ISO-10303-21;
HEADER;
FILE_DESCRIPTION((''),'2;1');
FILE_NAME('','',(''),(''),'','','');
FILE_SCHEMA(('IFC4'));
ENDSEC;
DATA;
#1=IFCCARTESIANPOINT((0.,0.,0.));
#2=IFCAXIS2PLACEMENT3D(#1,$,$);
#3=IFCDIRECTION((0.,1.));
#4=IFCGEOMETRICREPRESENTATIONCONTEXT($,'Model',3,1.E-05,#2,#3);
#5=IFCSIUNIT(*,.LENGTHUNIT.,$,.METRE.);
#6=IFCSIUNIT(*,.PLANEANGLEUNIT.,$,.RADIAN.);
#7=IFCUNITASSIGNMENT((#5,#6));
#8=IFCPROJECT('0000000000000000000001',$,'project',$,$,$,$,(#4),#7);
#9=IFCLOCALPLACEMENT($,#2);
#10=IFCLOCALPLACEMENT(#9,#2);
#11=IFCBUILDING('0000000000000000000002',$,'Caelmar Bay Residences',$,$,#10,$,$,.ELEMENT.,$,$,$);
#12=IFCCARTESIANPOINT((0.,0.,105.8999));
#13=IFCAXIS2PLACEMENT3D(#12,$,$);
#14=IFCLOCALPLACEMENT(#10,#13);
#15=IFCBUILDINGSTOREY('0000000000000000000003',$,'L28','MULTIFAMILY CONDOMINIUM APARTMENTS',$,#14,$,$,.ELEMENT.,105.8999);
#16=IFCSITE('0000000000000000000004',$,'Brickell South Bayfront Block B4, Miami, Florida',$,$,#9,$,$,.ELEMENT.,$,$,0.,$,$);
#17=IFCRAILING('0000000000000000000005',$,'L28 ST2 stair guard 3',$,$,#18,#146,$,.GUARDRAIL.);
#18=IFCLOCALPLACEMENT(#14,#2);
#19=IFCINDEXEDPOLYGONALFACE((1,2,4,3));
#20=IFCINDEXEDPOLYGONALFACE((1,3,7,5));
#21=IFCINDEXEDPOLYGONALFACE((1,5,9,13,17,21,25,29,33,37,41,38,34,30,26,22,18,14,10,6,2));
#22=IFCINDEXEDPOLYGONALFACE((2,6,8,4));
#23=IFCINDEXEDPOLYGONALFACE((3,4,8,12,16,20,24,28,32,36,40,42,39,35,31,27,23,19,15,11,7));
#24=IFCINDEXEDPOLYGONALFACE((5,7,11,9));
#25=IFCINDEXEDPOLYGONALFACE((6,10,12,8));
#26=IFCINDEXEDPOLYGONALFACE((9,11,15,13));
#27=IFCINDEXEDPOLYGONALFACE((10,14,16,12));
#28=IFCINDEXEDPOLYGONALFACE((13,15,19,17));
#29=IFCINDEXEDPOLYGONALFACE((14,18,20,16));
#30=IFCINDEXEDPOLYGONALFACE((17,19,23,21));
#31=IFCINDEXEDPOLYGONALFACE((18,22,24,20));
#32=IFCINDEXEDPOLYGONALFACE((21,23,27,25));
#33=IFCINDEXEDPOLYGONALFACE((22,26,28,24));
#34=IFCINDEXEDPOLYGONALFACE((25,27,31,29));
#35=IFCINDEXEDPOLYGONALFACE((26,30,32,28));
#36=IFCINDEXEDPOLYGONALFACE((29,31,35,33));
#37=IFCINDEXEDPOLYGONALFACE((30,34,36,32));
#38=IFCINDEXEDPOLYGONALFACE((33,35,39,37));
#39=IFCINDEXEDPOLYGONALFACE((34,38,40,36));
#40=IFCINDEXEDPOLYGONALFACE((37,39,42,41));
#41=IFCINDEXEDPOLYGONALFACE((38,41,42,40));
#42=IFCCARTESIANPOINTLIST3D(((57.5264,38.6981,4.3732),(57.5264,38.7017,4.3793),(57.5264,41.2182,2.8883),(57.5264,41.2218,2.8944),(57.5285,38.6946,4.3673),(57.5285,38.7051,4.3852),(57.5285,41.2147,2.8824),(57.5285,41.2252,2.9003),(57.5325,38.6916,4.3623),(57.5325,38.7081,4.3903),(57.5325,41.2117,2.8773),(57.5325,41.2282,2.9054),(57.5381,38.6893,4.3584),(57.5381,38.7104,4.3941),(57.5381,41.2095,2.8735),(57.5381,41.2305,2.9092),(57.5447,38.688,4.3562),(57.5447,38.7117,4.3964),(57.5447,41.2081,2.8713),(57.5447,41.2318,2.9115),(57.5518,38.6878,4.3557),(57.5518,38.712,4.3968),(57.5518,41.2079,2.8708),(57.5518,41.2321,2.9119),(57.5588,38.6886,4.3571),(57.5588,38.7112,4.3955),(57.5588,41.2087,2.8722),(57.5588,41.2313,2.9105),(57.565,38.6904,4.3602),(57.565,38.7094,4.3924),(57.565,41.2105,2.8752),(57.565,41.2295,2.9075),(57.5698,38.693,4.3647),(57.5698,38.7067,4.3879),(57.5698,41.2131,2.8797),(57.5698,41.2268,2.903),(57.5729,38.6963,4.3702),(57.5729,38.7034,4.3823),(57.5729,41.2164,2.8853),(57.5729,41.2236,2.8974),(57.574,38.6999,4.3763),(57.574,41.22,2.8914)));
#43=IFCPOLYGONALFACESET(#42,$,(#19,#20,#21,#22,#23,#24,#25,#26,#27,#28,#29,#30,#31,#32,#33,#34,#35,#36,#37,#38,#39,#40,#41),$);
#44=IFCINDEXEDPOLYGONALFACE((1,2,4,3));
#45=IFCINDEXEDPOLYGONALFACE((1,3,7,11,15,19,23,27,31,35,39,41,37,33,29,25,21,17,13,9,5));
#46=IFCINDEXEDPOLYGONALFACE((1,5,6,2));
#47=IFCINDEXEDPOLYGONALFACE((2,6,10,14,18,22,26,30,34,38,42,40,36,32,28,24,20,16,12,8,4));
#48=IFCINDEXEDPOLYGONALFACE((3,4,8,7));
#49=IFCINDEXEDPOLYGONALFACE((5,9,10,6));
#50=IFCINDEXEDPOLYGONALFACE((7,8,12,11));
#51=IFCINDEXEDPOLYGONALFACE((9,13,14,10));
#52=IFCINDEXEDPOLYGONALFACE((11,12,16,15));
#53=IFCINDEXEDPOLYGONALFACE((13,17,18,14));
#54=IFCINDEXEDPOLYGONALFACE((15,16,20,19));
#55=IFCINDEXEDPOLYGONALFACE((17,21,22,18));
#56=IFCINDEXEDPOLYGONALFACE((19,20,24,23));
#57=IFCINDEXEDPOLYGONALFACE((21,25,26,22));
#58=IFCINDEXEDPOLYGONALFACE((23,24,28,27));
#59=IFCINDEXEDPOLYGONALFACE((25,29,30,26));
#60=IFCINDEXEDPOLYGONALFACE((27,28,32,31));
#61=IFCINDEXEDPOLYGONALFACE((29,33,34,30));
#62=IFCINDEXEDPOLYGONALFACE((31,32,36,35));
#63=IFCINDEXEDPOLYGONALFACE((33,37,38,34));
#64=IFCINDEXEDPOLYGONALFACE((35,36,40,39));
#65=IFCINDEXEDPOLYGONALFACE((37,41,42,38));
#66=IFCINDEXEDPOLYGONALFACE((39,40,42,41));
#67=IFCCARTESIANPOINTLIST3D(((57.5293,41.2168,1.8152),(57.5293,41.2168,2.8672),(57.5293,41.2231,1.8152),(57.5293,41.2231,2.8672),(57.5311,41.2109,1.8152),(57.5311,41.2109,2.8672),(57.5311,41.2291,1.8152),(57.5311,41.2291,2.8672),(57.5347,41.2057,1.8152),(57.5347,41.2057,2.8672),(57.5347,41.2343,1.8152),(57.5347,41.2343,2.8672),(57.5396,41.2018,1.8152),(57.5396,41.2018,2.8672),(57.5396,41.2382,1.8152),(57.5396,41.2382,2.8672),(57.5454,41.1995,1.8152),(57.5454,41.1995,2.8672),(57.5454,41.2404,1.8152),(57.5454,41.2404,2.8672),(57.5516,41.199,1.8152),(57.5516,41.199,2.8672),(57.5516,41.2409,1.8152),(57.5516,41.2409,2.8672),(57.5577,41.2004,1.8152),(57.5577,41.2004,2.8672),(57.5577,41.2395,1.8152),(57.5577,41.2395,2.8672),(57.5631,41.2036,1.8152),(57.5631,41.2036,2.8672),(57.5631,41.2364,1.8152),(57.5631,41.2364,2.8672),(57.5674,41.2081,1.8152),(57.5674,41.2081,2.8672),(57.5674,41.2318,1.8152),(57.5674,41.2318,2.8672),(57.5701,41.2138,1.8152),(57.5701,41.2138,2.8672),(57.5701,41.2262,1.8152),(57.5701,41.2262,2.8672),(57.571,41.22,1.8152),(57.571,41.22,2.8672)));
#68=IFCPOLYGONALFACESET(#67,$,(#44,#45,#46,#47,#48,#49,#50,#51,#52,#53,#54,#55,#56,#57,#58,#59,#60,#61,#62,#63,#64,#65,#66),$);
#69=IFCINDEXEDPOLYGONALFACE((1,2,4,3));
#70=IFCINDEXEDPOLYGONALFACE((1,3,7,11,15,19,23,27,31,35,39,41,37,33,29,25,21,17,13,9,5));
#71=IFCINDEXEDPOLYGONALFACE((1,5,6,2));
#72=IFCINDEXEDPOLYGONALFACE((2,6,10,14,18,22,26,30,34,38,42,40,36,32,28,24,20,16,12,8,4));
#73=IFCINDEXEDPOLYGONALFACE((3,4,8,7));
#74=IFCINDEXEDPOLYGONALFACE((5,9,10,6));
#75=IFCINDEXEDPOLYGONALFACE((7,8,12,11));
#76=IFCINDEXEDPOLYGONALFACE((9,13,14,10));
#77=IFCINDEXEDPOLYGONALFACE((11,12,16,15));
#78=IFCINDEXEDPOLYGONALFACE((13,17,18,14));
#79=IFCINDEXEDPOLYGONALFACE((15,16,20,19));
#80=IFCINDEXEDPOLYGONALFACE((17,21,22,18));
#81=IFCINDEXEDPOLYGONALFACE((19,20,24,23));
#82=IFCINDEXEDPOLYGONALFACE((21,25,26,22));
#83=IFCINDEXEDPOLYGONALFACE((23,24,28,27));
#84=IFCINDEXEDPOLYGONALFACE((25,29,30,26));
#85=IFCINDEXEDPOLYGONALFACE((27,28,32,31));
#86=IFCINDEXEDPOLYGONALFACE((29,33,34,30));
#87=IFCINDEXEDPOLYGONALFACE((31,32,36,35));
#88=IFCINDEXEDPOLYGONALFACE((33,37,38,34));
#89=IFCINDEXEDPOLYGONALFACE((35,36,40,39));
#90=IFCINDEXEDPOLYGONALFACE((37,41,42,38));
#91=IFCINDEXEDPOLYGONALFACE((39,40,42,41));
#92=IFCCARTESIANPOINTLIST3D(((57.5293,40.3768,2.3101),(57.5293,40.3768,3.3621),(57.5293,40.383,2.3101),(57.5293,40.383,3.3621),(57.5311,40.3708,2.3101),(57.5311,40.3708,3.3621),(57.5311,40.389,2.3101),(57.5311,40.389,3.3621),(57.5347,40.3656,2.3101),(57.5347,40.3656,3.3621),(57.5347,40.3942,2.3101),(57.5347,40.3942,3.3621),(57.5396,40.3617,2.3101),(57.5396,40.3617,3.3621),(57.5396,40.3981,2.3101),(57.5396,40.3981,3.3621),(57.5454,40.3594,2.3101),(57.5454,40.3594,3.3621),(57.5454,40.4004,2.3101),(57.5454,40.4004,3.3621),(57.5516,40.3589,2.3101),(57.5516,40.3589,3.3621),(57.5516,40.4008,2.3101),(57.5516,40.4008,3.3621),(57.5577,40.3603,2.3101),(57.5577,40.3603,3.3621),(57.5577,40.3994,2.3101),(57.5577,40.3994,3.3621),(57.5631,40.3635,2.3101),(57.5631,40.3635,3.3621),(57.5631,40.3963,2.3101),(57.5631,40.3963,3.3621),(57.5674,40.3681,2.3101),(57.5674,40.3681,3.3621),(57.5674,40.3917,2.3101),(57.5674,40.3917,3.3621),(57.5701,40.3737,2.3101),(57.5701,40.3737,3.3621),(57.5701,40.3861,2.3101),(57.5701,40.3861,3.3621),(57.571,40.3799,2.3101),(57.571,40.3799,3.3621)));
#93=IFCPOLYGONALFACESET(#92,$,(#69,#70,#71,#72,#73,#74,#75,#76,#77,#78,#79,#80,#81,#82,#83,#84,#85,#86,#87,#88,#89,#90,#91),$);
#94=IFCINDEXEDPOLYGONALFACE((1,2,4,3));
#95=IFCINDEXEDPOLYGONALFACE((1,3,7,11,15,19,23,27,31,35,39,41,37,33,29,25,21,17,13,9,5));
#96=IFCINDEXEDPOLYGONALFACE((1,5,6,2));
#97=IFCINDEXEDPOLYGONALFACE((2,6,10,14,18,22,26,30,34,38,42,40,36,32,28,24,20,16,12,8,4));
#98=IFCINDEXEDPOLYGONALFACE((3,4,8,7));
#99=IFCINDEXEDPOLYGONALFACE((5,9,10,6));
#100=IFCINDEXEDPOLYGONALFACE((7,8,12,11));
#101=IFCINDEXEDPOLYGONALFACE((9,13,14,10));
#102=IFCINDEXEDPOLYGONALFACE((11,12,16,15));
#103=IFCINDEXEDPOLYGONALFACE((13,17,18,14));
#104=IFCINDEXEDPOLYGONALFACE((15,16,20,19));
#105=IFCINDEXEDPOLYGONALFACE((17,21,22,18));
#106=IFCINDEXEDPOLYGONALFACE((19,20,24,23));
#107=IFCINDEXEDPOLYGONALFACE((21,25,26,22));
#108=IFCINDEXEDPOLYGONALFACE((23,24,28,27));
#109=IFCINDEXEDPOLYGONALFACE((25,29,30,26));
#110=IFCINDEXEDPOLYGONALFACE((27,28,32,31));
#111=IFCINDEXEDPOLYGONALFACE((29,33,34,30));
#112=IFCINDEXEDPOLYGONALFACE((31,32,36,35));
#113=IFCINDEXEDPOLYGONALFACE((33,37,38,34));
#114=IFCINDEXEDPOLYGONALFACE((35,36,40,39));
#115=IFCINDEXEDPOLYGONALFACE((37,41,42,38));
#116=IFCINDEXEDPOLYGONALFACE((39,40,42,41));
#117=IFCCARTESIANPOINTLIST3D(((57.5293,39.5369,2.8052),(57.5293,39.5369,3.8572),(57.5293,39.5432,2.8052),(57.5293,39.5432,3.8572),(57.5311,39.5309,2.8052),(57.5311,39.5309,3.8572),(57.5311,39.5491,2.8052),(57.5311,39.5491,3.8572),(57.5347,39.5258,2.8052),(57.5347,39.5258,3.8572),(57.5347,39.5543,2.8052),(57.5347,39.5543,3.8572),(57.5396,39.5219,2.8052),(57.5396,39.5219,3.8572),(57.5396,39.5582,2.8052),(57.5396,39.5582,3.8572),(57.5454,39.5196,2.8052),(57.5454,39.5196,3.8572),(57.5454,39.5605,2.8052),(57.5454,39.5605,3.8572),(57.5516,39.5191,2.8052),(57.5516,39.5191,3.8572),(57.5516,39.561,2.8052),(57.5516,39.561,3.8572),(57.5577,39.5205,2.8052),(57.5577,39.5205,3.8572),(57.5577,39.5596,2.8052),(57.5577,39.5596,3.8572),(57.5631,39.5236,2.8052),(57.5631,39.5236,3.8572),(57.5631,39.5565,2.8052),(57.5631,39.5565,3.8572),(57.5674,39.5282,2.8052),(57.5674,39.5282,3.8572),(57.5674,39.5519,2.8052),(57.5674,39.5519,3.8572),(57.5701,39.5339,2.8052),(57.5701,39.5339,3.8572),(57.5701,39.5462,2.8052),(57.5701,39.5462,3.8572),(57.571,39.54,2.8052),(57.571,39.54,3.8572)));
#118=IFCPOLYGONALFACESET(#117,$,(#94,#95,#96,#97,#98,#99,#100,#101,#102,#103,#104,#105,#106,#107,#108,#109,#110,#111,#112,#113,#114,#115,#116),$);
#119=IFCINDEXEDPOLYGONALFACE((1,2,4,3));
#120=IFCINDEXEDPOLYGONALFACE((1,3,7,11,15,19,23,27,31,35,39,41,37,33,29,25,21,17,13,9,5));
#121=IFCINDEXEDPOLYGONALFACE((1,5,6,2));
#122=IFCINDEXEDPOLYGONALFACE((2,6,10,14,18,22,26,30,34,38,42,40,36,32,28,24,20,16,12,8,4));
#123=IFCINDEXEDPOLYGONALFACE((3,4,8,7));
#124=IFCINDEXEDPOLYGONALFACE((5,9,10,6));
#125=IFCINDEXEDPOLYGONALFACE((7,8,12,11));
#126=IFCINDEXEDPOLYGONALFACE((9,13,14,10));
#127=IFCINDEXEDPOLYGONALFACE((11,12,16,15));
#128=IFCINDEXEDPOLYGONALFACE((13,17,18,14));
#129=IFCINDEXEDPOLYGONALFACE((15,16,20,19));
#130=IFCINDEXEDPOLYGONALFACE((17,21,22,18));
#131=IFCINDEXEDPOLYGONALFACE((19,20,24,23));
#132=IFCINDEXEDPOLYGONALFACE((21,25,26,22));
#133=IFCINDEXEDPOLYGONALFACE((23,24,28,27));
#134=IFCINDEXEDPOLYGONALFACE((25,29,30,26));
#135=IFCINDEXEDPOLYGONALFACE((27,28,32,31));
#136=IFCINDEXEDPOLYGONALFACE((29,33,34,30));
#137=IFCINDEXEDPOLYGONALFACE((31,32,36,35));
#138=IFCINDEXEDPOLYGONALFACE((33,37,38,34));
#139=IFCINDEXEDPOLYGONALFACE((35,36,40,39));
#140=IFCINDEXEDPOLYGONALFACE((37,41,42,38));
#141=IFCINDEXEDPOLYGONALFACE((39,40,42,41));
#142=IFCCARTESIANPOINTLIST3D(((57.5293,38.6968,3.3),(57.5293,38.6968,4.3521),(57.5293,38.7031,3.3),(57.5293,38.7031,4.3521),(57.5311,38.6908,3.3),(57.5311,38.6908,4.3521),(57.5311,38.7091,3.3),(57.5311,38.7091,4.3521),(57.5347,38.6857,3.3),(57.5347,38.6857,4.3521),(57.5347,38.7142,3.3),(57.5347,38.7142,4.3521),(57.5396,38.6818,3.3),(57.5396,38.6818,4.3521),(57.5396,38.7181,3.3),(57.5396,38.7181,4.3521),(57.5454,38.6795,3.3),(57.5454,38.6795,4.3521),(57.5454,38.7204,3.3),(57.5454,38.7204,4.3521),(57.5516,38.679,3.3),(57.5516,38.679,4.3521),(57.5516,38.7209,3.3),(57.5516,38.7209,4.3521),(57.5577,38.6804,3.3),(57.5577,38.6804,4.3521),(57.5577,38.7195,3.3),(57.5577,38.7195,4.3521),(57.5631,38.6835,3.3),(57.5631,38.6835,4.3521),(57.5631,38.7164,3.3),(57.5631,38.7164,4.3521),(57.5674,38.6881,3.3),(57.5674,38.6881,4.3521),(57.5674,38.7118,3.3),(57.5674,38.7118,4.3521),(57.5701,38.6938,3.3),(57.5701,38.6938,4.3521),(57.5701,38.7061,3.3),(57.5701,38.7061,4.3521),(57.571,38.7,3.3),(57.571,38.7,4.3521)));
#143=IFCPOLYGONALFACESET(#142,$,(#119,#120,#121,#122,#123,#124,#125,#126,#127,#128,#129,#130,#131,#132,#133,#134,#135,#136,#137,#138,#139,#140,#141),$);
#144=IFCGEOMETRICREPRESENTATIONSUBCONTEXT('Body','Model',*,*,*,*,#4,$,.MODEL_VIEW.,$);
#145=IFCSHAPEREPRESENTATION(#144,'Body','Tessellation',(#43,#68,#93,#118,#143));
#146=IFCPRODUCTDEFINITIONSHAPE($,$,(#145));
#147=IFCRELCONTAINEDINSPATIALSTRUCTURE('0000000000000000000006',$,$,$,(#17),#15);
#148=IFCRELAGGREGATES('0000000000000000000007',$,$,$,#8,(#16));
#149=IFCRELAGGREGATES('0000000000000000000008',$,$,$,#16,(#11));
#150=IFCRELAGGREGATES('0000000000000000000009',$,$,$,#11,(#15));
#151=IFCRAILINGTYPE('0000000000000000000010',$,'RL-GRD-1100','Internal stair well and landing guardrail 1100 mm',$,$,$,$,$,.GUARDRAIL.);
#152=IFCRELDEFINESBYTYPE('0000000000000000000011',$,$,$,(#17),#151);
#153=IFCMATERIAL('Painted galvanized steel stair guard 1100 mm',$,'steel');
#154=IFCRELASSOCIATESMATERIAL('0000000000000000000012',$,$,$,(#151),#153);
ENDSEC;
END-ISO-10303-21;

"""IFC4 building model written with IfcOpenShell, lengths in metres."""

from ifc_helpers import new_model, si_unit, direction, frame, origin, origin_2d, place, context, subcontext, project, spatial, circle, extrude, material, type_object, element, save


model = new_model("IFC4")

# Units and contexts
model_context = context("Model", 3, precision=1e-05, world=origin(), true_north=direction((0.0, 1.0)))
body_context = subcontext(model_context, "Body", "Model", "MODEL_VIEW")
ifc_project = project(units=[si_unit("LENGTHUNIT", "METRE"), si_unit("PLANEANGLEUNIT", "RADIAN")], contexts=[model_context])

# Site, building, storey
site_placement = place(None, origin())
site = spatial("IfcSite", under=ifc_project, at=site_placement, Name="Brickell South Bayfront Block B4, Miami, Florida", CompositionType="ELEMENT", RefElevation=0.0)
building_placement = place(site_placement, origin())
building = spatial("IfcBuilding", under=site, at=building_placement, Name="Caelmar Bay Residences", CompositionType="ELEMENT")
storey_placement = place(building_placement, frame((0.0, 0.0, 105.8999)))
storey = spatial("IfcBuildingStorey", under=building, at=storey_placement, Name="L28", Description="MULTIFAMILY CONDOMINIUM APARTMENTS", CompositionType="ELEMENT", Elevation=105.8999)

# Railing
ifc_material_1 = material(Name="Painted galvanized steel stair guard 1100 mm", Category="steel")
railing_type_1 = type_object("IfcRailingType", Name="RL-GRD-1100", Description="Internal stair well and landing guardrail 1100 mm", PredefinedType="GUARDRAIL", material=ifc_material_1)
railing_1_placement = place(storey_placement, frame((57.55, 41.22, 1.8152)))
element("IfcRailing", 1, at=railing_1_placement, inside=storey, type_object=railing_type_1, Name="L28 ST2 stair guard 3", PredefinedType="GUARDRAIL", context=body_context, shape_type="SweptSolid", body=[
    extrude(circle(Radius=0.0239, at=origin_2d()), frame((0.0, 0.0, 1.0762), z_axis=(0.0, -0.861561, 0.507655), x_axis=(1.0, 0.0, 0.0)), (0.0, 0.0, 1.0), 2.925),
    extrude(circle(Radius=0.021, at=origin_2d()), origin(), (0.0, 0.0, 1.0), 1.052),
    extrude(circle(Radius=0.021, at=origin_2d()), frame((0.0, -0.8401, 0.4949)), (0.0, 0.0, 1.0), 1.052),
    extrude(circle(Radius=0.021, at=origin_2d()), frame((0.0, -1.6799, 0.99)), (0.0, 0.0, 1.0), 1.052),
    extrude(circle(Radius=0.021, at=origin_2d()), frame((0.0, -2.52, 1.4849)), (0.0, 0.0, 1.0), 1.052),
])

save(model, "model.ifc")
